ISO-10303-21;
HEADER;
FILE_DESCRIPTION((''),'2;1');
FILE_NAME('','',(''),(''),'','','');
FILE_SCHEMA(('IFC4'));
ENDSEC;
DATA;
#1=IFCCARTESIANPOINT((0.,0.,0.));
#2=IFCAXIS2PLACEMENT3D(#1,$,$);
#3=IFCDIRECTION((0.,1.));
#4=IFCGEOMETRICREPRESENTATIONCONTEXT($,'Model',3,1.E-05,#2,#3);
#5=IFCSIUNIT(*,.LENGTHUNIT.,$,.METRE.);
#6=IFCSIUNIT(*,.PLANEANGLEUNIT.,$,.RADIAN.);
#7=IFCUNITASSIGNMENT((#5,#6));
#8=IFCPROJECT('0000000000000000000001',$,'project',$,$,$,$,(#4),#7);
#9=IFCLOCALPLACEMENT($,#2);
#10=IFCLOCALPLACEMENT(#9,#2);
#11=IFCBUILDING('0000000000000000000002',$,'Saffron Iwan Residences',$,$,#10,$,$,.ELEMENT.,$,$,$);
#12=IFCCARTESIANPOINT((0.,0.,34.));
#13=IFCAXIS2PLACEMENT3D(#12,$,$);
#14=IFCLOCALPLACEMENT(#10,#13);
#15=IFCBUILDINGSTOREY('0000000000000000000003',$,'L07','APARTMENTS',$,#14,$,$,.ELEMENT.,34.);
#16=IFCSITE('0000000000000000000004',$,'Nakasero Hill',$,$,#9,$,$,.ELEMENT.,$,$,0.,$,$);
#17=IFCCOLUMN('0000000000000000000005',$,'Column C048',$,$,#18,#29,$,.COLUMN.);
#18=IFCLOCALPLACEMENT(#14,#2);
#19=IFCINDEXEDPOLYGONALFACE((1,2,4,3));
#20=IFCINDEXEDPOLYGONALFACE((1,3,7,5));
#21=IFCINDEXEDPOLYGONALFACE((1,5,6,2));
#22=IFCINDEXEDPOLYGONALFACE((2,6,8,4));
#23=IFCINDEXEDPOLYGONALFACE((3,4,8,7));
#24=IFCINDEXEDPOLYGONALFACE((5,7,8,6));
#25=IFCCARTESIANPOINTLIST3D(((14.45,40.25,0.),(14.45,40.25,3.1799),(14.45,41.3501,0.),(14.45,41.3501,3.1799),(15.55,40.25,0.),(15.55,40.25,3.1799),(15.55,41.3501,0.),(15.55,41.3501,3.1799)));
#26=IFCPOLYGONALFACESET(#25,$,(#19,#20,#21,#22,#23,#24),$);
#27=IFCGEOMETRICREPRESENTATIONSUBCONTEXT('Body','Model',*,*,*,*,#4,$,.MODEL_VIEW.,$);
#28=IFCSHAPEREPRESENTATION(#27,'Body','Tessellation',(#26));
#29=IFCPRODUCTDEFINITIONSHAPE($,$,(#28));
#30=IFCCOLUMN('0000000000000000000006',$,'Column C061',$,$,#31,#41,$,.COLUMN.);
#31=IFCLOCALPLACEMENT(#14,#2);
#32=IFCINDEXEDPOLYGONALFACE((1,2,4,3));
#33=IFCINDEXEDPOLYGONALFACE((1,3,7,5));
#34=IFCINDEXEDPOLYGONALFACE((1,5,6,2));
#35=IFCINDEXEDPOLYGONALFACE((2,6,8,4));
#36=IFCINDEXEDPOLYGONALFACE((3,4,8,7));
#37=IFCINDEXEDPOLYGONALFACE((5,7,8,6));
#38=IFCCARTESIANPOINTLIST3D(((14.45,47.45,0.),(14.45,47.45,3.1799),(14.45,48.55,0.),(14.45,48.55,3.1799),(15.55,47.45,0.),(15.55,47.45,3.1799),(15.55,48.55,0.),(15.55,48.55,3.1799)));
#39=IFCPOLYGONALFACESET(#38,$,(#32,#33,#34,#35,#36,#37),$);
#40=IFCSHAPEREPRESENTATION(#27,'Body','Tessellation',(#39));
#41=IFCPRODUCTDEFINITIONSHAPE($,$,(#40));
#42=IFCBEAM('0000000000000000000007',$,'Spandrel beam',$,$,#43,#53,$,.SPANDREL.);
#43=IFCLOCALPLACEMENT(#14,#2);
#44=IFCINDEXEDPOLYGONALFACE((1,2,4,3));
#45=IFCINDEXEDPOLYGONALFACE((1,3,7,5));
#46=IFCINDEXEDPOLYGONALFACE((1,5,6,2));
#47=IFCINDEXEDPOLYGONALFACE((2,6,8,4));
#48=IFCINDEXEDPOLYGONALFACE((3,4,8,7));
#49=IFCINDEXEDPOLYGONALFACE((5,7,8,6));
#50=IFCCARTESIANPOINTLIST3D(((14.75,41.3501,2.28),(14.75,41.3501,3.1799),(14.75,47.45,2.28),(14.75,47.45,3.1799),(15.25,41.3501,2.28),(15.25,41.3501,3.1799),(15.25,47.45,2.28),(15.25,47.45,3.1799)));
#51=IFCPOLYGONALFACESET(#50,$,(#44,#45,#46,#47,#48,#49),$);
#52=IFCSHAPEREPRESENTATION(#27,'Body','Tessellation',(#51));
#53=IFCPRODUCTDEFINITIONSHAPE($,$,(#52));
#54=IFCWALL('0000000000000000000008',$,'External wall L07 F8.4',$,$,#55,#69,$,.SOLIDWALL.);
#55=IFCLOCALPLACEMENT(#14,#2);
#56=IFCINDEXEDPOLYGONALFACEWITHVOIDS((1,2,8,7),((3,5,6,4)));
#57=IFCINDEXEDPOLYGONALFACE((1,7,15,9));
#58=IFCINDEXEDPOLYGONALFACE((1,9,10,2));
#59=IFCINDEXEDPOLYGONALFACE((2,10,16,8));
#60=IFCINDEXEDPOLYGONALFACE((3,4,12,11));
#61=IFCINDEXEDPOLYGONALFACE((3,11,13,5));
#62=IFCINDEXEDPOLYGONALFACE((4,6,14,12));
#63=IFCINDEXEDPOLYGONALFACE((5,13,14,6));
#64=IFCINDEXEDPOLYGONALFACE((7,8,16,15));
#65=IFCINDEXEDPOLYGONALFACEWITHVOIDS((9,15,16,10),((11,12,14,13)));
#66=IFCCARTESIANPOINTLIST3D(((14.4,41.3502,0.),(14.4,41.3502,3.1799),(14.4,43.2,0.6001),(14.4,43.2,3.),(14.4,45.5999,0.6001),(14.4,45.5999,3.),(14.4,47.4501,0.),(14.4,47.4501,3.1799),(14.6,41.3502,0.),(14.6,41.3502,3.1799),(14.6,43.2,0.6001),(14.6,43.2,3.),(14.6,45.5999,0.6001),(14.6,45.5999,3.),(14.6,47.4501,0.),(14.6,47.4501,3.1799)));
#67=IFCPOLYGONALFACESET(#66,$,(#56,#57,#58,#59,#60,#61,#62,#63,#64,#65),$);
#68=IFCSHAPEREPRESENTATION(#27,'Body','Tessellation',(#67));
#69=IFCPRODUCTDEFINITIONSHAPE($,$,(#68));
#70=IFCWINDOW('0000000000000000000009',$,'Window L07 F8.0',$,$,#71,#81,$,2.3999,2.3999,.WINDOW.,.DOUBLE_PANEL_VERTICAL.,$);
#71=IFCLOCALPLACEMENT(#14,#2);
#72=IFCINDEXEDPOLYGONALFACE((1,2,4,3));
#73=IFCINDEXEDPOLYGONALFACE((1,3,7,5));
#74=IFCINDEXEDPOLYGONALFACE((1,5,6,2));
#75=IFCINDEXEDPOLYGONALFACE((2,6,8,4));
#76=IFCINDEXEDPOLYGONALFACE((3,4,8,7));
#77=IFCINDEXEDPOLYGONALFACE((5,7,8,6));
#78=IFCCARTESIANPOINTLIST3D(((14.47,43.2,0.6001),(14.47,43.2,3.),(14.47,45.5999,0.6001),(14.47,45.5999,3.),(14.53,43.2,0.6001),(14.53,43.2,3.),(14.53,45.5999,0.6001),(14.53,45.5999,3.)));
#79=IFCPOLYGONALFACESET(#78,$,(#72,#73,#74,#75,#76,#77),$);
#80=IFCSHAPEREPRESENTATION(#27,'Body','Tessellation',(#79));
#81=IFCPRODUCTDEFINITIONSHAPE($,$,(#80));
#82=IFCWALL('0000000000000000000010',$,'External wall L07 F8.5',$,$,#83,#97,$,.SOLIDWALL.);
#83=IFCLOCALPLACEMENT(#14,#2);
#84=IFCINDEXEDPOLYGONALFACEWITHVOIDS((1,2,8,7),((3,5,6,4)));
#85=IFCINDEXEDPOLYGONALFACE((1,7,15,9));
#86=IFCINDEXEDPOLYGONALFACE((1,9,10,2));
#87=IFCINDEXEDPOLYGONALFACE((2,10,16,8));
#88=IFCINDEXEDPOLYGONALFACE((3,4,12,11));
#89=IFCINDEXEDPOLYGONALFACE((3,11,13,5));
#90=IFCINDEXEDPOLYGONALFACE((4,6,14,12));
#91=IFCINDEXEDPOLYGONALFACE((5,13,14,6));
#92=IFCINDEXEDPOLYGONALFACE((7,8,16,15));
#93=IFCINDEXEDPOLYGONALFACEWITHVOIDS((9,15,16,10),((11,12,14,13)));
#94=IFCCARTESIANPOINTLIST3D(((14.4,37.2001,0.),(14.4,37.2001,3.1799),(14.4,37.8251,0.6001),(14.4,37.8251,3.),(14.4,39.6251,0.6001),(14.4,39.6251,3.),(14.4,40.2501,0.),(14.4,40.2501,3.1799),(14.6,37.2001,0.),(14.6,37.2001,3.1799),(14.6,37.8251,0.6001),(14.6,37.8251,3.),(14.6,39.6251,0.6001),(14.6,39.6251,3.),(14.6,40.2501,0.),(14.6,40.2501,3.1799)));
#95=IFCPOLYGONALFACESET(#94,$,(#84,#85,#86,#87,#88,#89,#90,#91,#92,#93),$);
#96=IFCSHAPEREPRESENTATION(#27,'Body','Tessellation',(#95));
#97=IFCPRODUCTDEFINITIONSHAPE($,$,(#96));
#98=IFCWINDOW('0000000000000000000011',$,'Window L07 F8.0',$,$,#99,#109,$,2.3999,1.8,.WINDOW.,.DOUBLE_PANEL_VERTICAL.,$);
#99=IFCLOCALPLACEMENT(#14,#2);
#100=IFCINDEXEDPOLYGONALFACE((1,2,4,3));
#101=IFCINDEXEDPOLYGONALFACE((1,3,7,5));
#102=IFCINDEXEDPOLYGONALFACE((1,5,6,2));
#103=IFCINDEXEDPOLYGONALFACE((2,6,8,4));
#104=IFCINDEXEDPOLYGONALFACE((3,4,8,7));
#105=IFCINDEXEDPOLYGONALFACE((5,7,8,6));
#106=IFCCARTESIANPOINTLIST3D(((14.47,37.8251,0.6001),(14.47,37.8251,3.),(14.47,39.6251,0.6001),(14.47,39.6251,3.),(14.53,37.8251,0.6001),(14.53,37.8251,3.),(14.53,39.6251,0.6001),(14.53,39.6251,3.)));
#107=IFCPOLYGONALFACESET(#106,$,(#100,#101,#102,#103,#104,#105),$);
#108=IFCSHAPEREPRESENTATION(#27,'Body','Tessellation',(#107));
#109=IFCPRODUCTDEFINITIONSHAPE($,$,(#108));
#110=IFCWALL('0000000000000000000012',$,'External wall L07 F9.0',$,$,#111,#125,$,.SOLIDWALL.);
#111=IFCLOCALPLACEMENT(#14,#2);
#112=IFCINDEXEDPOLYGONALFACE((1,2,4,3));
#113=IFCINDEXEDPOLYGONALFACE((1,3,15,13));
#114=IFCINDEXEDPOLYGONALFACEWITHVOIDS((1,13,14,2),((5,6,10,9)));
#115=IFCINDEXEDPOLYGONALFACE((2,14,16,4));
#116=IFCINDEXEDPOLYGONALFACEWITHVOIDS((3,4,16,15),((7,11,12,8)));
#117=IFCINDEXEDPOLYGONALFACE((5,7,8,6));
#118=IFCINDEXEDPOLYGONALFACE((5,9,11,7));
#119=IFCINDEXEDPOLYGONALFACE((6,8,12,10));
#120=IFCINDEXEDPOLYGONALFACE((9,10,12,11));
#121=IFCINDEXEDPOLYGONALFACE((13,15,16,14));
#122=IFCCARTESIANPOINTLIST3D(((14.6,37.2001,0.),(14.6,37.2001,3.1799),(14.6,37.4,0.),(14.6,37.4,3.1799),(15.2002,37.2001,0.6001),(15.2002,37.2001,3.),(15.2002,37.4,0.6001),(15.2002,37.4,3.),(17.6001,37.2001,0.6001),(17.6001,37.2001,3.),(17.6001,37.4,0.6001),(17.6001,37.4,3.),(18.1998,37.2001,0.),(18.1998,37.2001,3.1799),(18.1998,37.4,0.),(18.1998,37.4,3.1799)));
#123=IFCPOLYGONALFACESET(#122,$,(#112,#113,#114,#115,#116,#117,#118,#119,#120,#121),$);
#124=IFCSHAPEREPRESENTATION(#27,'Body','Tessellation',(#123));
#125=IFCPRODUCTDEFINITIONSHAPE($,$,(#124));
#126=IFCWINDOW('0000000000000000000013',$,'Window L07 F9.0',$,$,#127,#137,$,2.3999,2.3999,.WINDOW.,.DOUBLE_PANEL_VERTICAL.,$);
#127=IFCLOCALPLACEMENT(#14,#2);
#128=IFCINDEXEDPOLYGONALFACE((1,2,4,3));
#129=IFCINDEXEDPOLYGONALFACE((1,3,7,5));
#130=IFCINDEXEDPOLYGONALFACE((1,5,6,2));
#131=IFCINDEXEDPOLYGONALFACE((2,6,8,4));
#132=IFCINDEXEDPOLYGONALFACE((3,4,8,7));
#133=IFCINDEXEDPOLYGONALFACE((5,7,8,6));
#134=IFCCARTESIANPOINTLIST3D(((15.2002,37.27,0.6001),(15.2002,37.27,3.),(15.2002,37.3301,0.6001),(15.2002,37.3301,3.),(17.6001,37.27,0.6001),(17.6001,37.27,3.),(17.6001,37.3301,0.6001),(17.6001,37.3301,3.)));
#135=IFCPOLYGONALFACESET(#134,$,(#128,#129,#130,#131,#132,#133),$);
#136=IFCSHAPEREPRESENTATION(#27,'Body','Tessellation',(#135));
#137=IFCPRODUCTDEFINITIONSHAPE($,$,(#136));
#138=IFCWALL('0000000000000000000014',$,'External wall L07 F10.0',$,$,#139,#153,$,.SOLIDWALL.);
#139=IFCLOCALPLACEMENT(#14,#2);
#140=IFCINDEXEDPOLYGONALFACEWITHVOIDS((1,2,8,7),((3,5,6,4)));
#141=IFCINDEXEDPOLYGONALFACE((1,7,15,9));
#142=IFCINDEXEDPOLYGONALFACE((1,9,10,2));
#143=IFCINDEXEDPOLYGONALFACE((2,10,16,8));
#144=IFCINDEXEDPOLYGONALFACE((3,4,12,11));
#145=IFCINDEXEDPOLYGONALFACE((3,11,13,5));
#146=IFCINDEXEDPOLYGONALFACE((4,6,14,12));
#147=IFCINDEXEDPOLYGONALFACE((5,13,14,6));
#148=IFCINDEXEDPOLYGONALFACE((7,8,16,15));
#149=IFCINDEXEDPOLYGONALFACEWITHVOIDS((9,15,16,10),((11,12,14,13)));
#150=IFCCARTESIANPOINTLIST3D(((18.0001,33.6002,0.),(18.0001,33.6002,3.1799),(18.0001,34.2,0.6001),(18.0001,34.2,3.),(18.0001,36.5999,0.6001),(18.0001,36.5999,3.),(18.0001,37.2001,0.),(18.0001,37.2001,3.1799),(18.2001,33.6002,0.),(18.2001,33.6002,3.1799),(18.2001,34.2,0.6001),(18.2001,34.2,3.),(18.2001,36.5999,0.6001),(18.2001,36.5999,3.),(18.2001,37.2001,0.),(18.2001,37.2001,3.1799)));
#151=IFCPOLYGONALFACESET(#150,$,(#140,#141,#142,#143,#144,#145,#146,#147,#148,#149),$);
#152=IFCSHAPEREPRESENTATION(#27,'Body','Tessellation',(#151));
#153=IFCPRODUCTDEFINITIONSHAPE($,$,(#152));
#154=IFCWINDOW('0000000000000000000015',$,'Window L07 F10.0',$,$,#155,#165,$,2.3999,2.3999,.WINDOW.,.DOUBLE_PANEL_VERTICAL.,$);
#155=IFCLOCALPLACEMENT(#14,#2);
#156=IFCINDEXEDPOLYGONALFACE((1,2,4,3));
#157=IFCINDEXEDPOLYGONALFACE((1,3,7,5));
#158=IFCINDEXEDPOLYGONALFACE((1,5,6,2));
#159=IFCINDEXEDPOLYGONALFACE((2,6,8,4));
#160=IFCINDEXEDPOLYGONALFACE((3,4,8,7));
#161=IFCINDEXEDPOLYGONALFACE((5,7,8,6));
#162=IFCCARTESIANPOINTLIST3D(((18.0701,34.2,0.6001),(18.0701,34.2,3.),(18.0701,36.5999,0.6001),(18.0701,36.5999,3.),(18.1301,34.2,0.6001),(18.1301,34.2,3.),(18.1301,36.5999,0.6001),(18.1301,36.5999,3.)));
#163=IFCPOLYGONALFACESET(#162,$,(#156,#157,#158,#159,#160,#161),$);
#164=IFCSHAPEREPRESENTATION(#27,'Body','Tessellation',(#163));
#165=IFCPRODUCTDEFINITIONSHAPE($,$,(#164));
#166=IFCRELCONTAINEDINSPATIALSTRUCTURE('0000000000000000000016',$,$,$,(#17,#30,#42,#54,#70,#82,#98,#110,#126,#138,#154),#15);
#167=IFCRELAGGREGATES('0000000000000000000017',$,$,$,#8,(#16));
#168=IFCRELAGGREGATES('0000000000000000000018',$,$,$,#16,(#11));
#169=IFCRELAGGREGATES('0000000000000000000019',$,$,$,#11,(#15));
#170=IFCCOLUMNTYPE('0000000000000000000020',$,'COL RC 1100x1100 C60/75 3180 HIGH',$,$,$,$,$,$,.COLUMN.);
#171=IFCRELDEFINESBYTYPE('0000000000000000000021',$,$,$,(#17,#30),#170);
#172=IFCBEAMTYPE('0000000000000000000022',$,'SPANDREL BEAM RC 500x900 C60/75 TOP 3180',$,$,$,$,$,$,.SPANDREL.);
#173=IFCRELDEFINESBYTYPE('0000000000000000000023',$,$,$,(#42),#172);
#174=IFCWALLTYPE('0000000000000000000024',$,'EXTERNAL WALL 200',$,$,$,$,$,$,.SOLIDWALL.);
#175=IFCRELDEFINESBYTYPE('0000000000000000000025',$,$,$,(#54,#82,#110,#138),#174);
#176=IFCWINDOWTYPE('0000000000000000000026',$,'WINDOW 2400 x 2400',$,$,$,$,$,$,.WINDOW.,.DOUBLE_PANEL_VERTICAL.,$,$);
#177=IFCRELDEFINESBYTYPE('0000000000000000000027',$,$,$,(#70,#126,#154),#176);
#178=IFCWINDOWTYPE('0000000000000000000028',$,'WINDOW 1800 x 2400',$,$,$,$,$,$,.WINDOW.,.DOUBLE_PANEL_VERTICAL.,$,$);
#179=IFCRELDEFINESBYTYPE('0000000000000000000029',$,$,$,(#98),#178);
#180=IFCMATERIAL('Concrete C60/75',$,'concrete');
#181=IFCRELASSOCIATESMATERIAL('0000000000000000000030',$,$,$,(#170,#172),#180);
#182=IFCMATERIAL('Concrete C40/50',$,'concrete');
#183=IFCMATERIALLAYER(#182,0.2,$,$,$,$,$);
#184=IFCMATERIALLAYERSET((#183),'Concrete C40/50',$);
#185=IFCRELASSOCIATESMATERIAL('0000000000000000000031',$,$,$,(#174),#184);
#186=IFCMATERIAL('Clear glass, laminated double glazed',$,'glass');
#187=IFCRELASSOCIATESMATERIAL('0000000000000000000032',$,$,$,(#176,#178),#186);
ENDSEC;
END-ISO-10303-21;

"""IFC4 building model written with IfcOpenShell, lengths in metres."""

from ifc_helpers import new_model, si_unit, direction, frame, frame_2d, origin, origin_2d, place, context, subcontext, project, spatial, rectangle, extrude, source, transform, mapped, material, layer, layer_set, material_profile, profile_set, type_object, element, fill, save


model = new_model("IFC4")

# Units and contexts
model_context = context("Model", 3, precision=1e-05, world=origin(), true_north=direction((0.0, 1.0)))
body_context = subcontext(model_context, "Body", "Model", "MODEL_VIEW")
ifc_project = project(units=[si_unit("LENGTHUNIT", "METRE"), si_unit("PLANEANGLEUNIT", "RADIAN")], contexts=[model_context])

# Site, building, storey
site_placement = place(None, origin())
site = spatial("IfcSite", under=ifc_project, at=site_placement, Name="Nakasero Hill", CompositionType="ELEMENT", RefElevation=0.0)
building_placement = place(site_placement, origin())
building = spatial("IfcBuilding", under=site, at=building_placement, Name="Saffron Iwan Residences", CompositionType="ELEMENT")
storey_placement = place(building_placement, frame((0.0, 0.0, 34.0)))
storey = spatial("IfcBuildingStorey", under=building, at=storey_placement, Name="L07", Description="APARTMENTS", CompositionType="ELEMENT", Elevation=34.0)

# Columns
ifc_material_1 = material(Name="Concrete C60/75", Category="concrete")
ifc_material_profile_1 = material_profile(ifc_material_1, rectangle(XDim=1.1001, YDim=1.1001, at=origin_2d()), Name="RC 1100x1100")
ifc_profile_set_1 = profile_set([ifc_material_profile_1], Name="Concrete C60/75")
column_type = type_object("IfcColumnType", Name="COL RC 1100x1100 C60/75 3180 HIGH", PredefinedType="COLUMN", material=ifc_profile_set_1)
shared_shape_1 = source(origin(), body_context, "Body", "SweptSolid", [
    extrude(rectangle(XDim=1.1001, YDim=1.1001, at=origin_2d()), origin(), (0.0, 0.0, 1.0), 3.1799),
])
for number, where, z_axis, x_axis, name in (
    (1, (15.0, 40.8, 0.0), (0.0, 0.0, 1.0), (1.0, 0.0, 0.0), "Column C048"),
    (2, (15.0, 48.0, 0.0), (0.0, 0.0, 1.0), (1.0, 0.0, 0.0), "Column C061"),
):
    element("IfcColumn", number, at=place(storey_placement, frame(where, z_axis=z_axis, x_axis=x_axis)), inside=storey, type_object=column_type, Name=name, PredefinedType="COLUMN", context=body_context, shape_type="MappedRepresentation", body=[
        mapped(shared_shape_1, transform((0.0, 0.0, 0.0))),
    ])

# Beam
ifc_material_profile_2 = material_profile(ifc_material_1, rectangle(XDim=0.5, YDim=0.8999, at=origin_2d()), Name="RC 500x900")
ifc_profile_set_2 = profile_set([ifc_material_profile_2], Name="Concrete C60/75")
beam_type = type_object("IfcBeamType", Name="SPANDREL BEAM RC 500x900 C60/75 TOP 3180", PredefinedType="SPANDREL", material=ifc_profile_set_2)
shared_shape_2 = source(origin(), body_context, "Body", "SweptSolid", [
    extrude(rectangle(XDim=0.5, YDim=0.8999, at=origin_2d()), origin(), (0.0, 0.0, 1.0), 6.0999),
])
beam_placement = place(storey_placement, frame((15.0, 41.3501, 2.73), z_axis=(0.0, 1.0, 0.0), x_axis=(-1.0, 0.0, 0.0)))
element("IfcBeam", 3, at=beam_placement, inside=storey, type_object=beam_type, Name="Spandrel beam", PredefinedType="SPANDREL", context=body_context, shape_type="MappedRepresentation", body=[
    mapped(shared_shape_2, transform((0.0, 0.0, 0.0))),
])

# Walls, openings, windows
ifc_material_2 = material(Name="Concrete C40/50", Category="concrete")
ifc_layer_1 = layer(ifc_material_2, 0.2)
ifc_layer_set_1 = layer_set([ifc_layer_1], Name="Concrete C40/50")
wall_type_1 = type_object("IfcWallType", Name="EXTERNAL WALL 200", PredefinedType="SOLIDWALL", material=ifc_layer_set_1)
wall_1_placement = place(storey_placement, frame((14.5, 47.45, 0.0), z_axis=(0.0, 0.0, 1.0), x_axis=(0.0, -1.0, 0.0)))
wall_1 = element("IfcWall", 4, at=wall_1_placement, inside=storey, type_object=wall_type_1, Name="External wall L07 F8.4", PredefinedType="SOLIDWALL", context=body_context, shape_type="SweptSolid", body=[
    extrude(rectangle(XDim=6.0999, YDim=0.2, at=frame_2d((3.0498, 0.0))), origin(), (0.0, 0.0, 1.0), 3.1799),
])
opening_1_placement = place(wall_1_placement, frame((1.8501, 0.0, 0.6001)))
opening_1 = element("IfcOpeningElement", 5, at=opening_1_placement, cuts=wall_1, PredefinedType="OPENING", context=body_context, shape_type="SweptSolid", body=[
    extrude(rectangle(XDim=2.3999, YDim=2.3999, at=frame_2d((1.2, 1.2))), frame((0.0, 0.1099, 0.0), z_axis=(0.0, -1.0, 0.0), x_axis=(1.0, 0.0, 0.0)), (0.0, 0.0, 1.0), 0.22),
])
ifc_material_3 = material(Name="Clear glass, laminated double glazed", Category="glass")
window_type_1 = type_object("IfcWindowType", Name="WINDOW 2400 x 2400", PartitioningType="DOUBLE_PANEL_VERTICAL", PredefinedType="WINDOW", material=ifc_material_3)
window_1_placement = place(opening_1_placement, origin())
window_1 = element("IfcWindow", 6, at=window_1_placement, inside=storey, type_object=window_type_1, Name="Window L07 F8.0", OverallHeight=2.3999, OverallWidth=2.3999, PartitioningType="DOUBLE_PANEL_VERTICAL", PredefinedType="WINDOW", context=body_context, shape_type="SweptSolid", body=[
    extrude(rectangle(XDim=2.3999, YDim=2.3999, at=frame_2d((1.2, 1.2))), frame((0.0, 0.03, 0.0), z_axis=(0.0, -1.0, 0.0), x_axis=(1.0, 0.0, 0.0)), (0.0, 0.0, 1.0), 0.0601),
])
fill(opening_1, window_1)
wall_2_placement = place(storey_placement, frame((14.5, 40.25, 0.0), z_axis=(0.0, 0.0, 1.0), x_axis=(0.0, -1.0, 0.0)))
wall_2 = element("IfcWall", 7, at=wall_2_placement, inside=storey, type_object=wall_type_1, Name="External wall L07 F8.5", PredefinedType="SOLIDWALL", context=body_context, shape_type="SweptSolid", body=[
    extrude(rectangle(XDim=3.05, YDim=0.2, at=frame_2d((1.5249, 0.0))), origin(), (0.0, 0.0, 1.0), 3.1799),
])
opening_2_placement = place(wall_2_placement, frame((0.625, 0.0, 0.6001)))
opening_2 = element("IfcOpeningElement", 8, at=opening_2_placement, cuts=wall_2, PredefinedType="OPENING", context=body_context, shape_type="SweptSolid", body=[
    extrude(rectangle(XDim=1.8, YDim=2.3999, at=frame_2d((0.8999, 1.2))), frame((0.0, 0.1099, 0.0), z_axis=(0.0, -1.0, 0.0), x_axis=(1.0, 0.0, 0.0)), (0.0, 0.0, 1.0), 0.22),
])
window_type_2 = type_object("IfcWindowType", Name="WINDOW 1800 x 2400", PartitioningType="DOUBLE_PANEL_VERTICAL", PredefinedType="WINDOW", material=ifc_material_3)
window_2_placement = place(opening_2_placement, origin())
window_2 = element("IfcWindow", 9, at=window_2_placement, inside=storey, type_object=window_type_2, Name="Window L07 F8.0", OverallHeight=2.3999, OverallWidth=1.8, PartitioningType="DOUBLE_PANEL_VERTICAL", PredefinedType="WINDOW", context=body_context, shape_type="SweptSolid", body=[
    extrude(rectangle(XDim=1.8, YDim=2.3999, at=frame_2d((0.8999, 1.2))), frame((0.0, 0.03, 0.0), z_axis=(0.0, -1.0, 0.0), x_axis=(1.0, 0.0, 0.0)), (0.0, 0.0, 1.0), 0.0601),
])
fill(opening_2, window_2)
wall_3_placement = place(storey_placement, frame((14.6001, 37.3, 0.0), z_axis=(0.0, 0.0, 1.0), x_axis=(1.0, 0.0, 0.0)))
wall_3 = element("IfcWall", 10, at=wall_3_placement, inside=storey, type_object=wall_type_1, Name="External wall L07 F9.0", PredefinedType="SOLIDWALL", context=body_context, shape_type="SweptSolid", body=[
    extrude(rectangle(XDim=3.5999, YDim=0.2, at=frame_2d((1.7998, 0.0))), origin(), (0.0, 0.0, 1.0), 3.1799),
])
opening_3_placement = place(wall_3_placement, frame((0.6001, 0.0, 0.6001)))
opening_3 = element("IfcOpeningElement", 11, at=opening_3_placement, cuts=wall_3, PredefinedType="OPENING", context=body_context, shape_type="SweptSolid", body=[
    extrude(rectangle(XDim=2.3999, YDim=2.3999, at=frame_2d((1.2, 1.2))), frame((0.0, 0.1099, 0.0), z_axis=(0.0, -1.0, 0.0), x_axis=(1.0, 0.0, 0.0)), (0.0, 0.0, 1.0), 0.22),
])
window_3_placement = place(opening_3_placement, origin())
window_3 = element("IfcWindow", 12, at=window_3_placement, inside=storey, type_object=window_type_1, Name="Window L07 F9.0", OverallHeight=2.3999, OverallWidth=2.3999, PartitioningType="DOUBLE_PANEL_VERTICAL", PredefinedType="WINDOW", context=body_context, shape_type="SweptSolid", body=[
    extrude(rectangle(XDim=2.3999, YDim=2.3999, at=frame_2d((1.2, 1.2))), frame((0.0, 0.03, 0.0), z_axis=(0.0, -1.0, 0.0), x_axis=(1.0, 0.0, 0.0)), (0.0, 0.0, 1.0), 0.0601),
])
fill(opening_3, window_3)
wall_4_placement = place(storey_placement, frame((18.1001, 37.2, 0.0), z_axis=(0.0, 0.0, 1.0), x_axis=(0.0, -1.0, 0.0)))
wall_4 = element("IfcWall", 13, at=wall_4_placement, inside=storey, type_object=wall_type_1, Name="External wall L07 F10.0", PredefinedType="SOLIDWALL", context=body_context, shape_type="SweptSolid", body=[
    extrude(rectangle(XDim=3.5999, YDim=0.2, at=frame_2d((1.7998, 0.0))), origin(), (0.0, 0.0, 1.0), 3.1799),
])
opening_4_placement = place(wall_4_placement, frame((0.6001, 0.0, 0.6001)))
opening_4 = element("IfcOpeningElement", 14, at=opening_4_placement, cuts=wall_4, PredefinedType="OPENING", context=body_context, shape_type="SweptSolid", body=[
    extrude(rectangle(XDim=2.3999, YDim=2.3999, at=frame_2d((1.2, 1.2))), frame((0.0, 0.1099, 0.0), z_axis=(0.0, -1.0, 0.0), x_axis=(1.0, 0.0, 0.0)), (0.0, 0.0, 1.0), 0.22),
])
window_4_placement = place(opening_4_placement, origin())
window_4 = element("IfcWindow", 15, at=window_4_placement, inside=storey, type_object=window_type_1, Name="Window L07 F10.0", OverallHeight=2.3999, OverallWidth=2.3999, PartitioningType="DOUBLE_PANEL_VERTICAL", PredefinedType="WINDOW", context=body_context, shape_type="SweptSolid", body=[
    extrude(rectangle(XDim=2.3999, YDim=2.3999, at=frame_2d((1.2, 1.2))), frame((0.0, 0.03, 0.0), z_axis=(0.0, -1.0, 0.0), x_axis=(1.0, 0.0, 0.0)), (0.0, 0.0, 1.0), 0.0601),
])
fill(opening_4, window_4)

save(model, "model.ifc")
